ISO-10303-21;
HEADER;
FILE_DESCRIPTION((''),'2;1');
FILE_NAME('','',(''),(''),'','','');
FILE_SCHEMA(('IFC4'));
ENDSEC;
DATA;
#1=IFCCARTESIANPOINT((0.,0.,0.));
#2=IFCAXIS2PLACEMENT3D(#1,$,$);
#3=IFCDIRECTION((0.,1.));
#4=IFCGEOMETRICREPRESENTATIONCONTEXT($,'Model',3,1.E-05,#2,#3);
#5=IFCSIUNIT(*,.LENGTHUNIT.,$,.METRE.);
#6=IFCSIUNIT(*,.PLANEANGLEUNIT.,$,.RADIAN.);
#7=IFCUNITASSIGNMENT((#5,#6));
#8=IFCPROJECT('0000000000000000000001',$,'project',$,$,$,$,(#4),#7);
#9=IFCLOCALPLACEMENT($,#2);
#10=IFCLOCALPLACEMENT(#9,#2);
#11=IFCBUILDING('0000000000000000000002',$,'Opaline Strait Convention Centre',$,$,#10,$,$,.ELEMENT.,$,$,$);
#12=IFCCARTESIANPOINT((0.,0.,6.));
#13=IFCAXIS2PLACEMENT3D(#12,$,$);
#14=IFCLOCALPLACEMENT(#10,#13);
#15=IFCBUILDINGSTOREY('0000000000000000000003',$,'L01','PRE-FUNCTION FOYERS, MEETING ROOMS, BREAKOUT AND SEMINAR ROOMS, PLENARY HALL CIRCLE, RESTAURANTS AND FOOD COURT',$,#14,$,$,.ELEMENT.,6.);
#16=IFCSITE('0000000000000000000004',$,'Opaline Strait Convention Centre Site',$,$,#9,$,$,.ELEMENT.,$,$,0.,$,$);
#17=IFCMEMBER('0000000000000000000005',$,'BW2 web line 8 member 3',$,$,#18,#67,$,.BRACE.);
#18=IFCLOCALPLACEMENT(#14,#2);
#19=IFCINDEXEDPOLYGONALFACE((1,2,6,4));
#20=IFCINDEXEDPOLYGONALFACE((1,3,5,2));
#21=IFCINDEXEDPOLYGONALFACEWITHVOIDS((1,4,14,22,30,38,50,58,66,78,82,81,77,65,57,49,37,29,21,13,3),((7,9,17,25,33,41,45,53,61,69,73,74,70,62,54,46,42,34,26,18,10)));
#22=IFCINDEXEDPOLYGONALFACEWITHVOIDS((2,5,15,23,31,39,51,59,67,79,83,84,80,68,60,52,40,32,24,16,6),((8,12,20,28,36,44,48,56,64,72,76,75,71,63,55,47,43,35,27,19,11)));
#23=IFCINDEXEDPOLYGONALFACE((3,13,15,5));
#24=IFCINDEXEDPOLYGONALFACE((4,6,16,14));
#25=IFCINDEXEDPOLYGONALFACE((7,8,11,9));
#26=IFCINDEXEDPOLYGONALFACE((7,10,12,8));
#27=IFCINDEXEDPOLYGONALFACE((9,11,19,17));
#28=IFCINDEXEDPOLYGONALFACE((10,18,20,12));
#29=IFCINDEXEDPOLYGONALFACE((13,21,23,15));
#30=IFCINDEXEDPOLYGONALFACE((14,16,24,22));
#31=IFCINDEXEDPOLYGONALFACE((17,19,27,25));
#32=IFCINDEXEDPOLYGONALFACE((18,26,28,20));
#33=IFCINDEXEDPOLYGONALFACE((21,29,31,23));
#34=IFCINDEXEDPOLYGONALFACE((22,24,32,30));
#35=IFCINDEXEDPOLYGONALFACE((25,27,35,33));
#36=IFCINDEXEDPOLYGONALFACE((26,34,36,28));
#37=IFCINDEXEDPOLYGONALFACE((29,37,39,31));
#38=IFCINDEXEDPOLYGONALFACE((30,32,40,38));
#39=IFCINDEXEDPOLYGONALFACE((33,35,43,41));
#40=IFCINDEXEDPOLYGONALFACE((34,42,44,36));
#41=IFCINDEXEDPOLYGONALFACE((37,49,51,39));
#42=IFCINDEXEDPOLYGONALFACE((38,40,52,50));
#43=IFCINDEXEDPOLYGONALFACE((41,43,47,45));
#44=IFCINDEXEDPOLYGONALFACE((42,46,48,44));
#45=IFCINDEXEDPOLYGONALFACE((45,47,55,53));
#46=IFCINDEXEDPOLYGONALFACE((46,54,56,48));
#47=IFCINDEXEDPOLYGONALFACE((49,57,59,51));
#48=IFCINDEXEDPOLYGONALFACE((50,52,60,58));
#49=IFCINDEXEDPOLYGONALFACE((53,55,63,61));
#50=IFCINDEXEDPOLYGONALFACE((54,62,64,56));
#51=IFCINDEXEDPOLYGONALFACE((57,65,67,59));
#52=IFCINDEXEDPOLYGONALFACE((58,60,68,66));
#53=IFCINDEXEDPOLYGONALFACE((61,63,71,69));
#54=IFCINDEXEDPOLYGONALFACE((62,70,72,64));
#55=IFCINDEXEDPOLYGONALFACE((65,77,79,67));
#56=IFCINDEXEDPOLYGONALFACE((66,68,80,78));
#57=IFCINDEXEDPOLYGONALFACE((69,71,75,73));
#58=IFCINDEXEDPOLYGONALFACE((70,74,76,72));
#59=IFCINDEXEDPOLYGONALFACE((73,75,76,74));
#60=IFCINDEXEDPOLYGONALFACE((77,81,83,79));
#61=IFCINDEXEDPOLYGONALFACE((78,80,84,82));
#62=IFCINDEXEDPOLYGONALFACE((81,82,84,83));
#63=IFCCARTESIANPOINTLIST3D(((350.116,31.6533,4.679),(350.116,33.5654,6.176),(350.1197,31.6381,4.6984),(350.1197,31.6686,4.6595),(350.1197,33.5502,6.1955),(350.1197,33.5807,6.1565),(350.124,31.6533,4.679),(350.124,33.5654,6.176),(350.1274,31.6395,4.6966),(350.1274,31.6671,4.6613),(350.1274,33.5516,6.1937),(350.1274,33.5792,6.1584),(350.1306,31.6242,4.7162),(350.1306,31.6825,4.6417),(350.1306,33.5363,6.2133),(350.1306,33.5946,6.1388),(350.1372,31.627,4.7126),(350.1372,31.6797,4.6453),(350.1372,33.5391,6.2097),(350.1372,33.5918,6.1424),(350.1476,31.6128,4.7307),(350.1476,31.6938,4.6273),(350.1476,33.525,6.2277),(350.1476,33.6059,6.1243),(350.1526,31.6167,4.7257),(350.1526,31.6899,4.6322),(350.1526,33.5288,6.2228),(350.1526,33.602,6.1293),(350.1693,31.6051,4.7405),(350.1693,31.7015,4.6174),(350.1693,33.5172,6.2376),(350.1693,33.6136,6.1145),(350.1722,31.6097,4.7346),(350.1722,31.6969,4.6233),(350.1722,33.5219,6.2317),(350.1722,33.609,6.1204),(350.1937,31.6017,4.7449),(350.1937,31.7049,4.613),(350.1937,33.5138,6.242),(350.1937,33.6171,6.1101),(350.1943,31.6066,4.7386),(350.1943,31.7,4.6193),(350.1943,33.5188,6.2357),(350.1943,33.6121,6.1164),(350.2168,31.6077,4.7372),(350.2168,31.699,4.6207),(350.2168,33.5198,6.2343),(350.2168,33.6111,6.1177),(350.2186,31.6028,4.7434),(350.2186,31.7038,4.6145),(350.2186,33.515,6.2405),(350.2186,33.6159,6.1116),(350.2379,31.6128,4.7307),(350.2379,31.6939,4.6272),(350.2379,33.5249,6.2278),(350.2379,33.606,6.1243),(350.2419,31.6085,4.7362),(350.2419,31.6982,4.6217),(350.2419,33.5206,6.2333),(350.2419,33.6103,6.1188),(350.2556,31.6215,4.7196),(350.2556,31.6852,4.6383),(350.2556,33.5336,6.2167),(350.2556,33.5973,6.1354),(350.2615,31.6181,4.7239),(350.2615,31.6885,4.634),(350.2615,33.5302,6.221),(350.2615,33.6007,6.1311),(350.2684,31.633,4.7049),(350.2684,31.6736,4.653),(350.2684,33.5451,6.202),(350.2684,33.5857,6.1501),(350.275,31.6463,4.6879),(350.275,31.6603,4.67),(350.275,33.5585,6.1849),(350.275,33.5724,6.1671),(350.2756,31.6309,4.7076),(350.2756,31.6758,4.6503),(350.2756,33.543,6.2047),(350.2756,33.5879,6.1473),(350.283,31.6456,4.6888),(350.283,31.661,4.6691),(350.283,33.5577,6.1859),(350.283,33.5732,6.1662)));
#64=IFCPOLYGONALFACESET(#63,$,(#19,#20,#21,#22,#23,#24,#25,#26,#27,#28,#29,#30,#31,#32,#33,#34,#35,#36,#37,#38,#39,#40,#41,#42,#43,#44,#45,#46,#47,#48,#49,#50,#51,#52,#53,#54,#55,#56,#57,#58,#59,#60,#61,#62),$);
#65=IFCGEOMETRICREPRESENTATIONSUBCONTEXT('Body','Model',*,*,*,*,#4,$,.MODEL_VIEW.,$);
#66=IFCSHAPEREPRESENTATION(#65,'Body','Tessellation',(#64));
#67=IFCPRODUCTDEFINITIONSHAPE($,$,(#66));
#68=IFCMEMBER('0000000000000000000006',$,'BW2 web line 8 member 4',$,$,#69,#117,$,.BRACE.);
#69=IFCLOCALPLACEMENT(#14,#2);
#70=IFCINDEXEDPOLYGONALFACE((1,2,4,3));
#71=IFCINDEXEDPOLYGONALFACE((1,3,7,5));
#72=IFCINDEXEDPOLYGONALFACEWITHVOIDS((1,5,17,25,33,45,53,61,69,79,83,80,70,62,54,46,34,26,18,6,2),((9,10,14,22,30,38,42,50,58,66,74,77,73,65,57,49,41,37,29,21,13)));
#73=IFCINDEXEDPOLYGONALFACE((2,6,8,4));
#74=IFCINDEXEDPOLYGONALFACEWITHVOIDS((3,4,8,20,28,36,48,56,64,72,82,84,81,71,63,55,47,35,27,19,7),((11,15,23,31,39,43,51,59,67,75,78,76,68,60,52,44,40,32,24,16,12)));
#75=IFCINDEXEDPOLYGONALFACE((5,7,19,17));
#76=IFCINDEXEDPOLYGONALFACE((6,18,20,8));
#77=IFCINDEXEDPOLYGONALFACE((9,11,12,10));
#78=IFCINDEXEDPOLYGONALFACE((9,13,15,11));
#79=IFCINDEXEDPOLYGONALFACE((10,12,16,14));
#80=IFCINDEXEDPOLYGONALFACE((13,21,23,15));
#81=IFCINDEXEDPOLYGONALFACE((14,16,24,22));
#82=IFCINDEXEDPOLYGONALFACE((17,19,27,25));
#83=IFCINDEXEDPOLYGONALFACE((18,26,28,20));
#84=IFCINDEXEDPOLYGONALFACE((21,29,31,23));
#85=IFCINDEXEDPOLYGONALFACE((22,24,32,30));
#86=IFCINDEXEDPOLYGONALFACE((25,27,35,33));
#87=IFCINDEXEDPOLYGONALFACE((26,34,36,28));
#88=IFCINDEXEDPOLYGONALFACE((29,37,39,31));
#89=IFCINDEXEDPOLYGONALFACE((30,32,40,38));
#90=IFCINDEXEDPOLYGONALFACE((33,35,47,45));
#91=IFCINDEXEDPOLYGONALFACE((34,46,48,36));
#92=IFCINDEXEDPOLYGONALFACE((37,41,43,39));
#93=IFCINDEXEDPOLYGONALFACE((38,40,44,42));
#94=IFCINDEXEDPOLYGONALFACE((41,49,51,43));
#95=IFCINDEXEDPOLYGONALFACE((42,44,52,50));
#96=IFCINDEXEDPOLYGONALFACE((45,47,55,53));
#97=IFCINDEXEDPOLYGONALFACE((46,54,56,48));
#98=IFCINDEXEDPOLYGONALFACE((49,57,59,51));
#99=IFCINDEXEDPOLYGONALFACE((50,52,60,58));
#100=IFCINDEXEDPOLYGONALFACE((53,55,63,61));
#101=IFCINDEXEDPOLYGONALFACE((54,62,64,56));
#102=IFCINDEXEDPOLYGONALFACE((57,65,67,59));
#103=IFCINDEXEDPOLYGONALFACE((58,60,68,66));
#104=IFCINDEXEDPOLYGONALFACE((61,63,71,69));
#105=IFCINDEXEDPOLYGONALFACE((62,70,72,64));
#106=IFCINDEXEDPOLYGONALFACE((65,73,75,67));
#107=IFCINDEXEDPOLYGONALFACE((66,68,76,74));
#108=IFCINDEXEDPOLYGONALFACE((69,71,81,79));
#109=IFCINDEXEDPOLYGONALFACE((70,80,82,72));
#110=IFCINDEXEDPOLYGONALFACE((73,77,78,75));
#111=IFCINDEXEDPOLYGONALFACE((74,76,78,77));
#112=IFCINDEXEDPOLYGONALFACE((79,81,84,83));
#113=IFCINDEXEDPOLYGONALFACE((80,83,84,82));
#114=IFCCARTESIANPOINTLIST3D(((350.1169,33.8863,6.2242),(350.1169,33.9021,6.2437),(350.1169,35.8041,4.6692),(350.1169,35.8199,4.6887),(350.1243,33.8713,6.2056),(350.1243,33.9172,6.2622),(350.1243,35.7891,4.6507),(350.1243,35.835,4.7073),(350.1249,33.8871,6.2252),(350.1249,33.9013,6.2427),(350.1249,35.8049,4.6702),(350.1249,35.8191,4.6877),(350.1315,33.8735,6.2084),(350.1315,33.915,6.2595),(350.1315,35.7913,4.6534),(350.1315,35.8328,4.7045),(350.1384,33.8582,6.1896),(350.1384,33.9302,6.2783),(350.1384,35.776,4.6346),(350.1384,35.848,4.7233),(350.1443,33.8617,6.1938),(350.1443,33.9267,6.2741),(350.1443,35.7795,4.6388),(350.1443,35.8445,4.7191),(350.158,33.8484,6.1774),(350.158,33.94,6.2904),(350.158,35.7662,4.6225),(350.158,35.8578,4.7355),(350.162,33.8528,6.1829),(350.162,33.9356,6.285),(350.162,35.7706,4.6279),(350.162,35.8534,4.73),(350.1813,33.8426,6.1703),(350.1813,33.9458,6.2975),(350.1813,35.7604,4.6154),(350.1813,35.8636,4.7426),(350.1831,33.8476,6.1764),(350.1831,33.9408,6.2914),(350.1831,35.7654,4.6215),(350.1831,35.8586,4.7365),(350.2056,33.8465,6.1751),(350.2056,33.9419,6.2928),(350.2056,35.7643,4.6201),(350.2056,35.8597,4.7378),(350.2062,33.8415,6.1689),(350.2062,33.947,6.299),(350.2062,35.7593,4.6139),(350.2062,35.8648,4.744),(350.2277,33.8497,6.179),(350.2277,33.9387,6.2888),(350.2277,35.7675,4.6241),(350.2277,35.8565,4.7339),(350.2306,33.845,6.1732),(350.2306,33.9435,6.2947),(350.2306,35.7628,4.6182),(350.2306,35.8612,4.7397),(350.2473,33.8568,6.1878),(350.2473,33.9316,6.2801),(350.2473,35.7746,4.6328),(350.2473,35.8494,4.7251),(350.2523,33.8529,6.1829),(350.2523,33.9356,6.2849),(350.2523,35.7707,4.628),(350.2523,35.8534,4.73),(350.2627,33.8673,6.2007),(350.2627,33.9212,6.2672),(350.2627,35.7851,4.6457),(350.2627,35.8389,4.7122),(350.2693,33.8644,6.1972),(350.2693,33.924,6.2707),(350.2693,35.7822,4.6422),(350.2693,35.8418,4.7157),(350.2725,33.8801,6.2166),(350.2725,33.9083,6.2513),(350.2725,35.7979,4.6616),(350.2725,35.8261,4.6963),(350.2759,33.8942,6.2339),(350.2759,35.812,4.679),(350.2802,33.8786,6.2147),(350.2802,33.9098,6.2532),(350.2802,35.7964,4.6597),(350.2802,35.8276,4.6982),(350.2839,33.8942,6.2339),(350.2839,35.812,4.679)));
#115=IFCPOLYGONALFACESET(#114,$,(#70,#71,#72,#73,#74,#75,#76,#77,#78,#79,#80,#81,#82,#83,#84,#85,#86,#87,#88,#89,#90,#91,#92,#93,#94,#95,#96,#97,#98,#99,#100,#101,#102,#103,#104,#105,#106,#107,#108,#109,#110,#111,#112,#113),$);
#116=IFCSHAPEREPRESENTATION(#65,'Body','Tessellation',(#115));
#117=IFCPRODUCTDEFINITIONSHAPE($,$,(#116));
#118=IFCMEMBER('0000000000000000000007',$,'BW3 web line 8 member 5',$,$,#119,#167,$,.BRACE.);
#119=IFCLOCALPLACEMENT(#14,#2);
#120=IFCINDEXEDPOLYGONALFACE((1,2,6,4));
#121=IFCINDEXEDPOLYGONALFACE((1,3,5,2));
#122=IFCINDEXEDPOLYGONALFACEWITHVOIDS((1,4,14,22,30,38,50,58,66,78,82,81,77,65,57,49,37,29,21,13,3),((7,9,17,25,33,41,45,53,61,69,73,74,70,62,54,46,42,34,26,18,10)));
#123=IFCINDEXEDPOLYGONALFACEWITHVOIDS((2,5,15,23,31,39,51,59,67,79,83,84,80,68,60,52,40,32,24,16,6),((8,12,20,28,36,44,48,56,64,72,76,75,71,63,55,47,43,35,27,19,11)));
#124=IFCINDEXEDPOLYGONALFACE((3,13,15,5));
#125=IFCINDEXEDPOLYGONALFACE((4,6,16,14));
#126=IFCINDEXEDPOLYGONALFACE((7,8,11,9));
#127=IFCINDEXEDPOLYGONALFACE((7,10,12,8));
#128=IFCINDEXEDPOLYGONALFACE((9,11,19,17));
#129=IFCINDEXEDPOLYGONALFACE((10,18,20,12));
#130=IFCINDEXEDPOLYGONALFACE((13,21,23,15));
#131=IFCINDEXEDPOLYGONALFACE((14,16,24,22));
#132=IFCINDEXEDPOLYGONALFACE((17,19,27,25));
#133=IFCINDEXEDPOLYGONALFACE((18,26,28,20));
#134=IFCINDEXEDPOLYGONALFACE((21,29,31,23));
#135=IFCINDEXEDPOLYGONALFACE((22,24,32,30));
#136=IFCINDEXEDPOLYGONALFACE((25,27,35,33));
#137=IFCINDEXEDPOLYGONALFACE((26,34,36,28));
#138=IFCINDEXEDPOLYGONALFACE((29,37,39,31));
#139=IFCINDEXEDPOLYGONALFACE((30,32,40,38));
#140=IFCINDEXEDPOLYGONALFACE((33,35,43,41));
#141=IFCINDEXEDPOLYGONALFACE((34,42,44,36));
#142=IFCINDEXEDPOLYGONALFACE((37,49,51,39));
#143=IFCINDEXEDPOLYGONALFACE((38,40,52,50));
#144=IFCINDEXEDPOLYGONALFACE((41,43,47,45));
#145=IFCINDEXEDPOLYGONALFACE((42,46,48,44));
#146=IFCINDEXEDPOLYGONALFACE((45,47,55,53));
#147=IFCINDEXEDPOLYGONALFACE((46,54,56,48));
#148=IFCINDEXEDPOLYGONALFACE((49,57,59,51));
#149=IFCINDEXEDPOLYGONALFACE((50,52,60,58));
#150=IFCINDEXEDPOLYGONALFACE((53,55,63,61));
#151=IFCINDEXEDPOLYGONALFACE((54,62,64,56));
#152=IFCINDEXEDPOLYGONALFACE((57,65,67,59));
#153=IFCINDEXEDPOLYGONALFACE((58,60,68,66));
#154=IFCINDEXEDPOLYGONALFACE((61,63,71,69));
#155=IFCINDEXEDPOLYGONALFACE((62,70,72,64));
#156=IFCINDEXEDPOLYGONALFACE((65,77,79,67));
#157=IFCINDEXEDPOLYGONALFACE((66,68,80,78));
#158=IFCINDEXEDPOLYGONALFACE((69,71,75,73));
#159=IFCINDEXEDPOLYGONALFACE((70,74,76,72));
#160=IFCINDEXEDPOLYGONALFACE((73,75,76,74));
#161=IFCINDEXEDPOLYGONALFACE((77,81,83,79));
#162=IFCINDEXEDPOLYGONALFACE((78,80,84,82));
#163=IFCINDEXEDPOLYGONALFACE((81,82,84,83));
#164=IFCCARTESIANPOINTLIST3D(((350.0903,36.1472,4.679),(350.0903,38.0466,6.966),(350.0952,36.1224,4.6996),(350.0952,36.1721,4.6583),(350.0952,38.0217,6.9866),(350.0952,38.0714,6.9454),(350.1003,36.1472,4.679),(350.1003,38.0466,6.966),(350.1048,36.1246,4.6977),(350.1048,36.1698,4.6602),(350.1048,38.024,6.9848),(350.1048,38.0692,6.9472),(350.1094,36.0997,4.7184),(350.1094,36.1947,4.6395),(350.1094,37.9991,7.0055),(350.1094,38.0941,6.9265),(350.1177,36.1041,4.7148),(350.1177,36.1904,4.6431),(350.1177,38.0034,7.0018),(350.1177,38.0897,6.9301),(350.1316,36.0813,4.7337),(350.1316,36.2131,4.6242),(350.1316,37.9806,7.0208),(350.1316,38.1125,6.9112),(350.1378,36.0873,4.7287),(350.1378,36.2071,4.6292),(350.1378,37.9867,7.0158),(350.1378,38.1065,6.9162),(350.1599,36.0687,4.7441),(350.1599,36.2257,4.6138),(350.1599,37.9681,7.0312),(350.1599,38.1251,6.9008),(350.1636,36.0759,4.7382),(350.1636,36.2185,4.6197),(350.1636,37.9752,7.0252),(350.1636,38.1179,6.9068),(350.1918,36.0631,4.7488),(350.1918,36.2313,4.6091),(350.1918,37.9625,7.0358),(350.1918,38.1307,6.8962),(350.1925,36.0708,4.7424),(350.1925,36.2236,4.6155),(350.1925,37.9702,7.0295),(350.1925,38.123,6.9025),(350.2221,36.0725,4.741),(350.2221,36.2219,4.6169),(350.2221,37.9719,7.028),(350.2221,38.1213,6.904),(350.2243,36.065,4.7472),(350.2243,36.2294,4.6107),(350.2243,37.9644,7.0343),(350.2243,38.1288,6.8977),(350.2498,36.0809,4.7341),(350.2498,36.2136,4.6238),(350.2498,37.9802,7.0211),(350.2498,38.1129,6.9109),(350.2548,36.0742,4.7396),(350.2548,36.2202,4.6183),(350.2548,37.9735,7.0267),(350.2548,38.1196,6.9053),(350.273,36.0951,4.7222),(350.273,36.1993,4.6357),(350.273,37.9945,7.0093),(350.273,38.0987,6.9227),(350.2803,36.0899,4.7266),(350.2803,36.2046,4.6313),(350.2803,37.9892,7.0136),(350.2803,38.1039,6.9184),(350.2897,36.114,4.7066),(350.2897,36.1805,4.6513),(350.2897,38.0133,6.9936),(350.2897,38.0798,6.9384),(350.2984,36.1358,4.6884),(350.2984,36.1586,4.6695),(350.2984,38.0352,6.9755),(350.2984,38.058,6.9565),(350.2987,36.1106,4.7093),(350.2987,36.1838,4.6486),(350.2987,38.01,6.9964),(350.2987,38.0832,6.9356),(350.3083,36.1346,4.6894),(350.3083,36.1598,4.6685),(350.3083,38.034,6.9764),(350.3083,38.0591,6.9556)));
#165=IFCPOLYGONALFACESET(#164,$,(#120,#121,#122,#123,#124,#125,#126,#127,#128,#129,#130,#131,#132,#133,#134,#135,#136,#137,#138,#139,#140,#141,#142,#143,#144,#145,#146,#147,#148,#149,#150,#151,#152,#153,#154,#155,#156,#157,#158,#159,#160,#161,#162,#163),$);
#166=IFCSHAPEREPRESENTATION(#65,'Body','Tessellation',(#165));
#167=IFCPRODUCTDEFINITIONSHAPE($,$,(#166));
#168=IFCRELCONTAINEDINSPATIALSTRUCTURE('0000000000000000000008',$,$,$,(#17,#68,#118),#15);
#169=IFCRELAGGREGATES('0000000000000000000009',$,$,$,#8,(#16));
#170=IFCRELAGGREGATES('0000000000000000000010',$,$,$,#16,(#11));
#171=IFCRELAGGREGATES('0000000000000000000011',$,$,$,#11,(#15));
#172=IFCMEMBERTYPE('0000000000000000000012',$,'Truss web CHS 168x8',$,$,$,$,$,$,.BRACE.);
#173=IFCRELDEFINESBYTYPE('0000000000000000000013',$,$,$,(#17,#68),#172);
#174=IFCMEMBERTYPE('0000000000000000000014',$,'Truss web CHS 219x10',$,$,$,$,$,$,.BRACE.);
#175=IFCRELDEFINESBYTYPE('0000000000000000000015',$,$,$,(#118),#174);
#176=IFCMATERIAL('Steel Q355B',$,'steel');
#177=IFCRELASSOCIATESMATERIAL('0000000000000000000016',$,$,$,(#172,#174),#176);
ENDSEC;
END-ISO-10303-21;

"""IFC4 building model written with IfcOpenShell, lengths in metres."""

from ifc_helpers import new_model, si_unit, direction, frame, origin, origin_2d, place, context, subcontext, project, spatial, hollow_circle, extrude, material, material_profile, profile_set, type_object, element, save


model = new_model("IFC4")

# Units and contexts
model_context = context("Model", 3, precision=1e-05, world=origin(), true_north=direction((0.0, 1.0)))
body_context = subcontext(model_context, "Body", "Model", "MODEL_VIEW")
ifc_project = project(units=[si_unit("LENGTHUNIT", "METRE"), si_unit("PLANEANGLEUNIT", "RADIAN")], contexts=[model_context])

# Site, building, storey
site_placement = place(None, origin())
site = spatial("IfcSite", under=ifc_project, at=site_placement, Name="Opaline Strait Convention Centre Site", CompositionType="ELEMENT", RefElevation=0.0)
building_placement = place(site_placement, origin())
building = spatial("IfcBuilding", under=site, at=building_placement, Name="Opaline Strait Convention Centre", CompositionType="ELEMENT")
storey_placement = place(building_placement, frame((0.0, 0.0, 6.0)))
storey = spatial("IfcBuildingStorey", under=building, at=storey_placement, Name="L01", Description="PRE-FUNCTION FOYERS, MEETING ROOMS, BREAKOUT AND SEMINAR ROOMS, PLENARY HALL CIRCLE, RESTAURANTS AND FOOD COURT", CompositionType="ELEMENT", Elevation=6.0)

# Members
ifc_material_1 = material(Name="Steel Q355B", Category="steel")
ifc_material_profile_1 = material_profile(ifc_material_1, hollow_circle(Radius=0.084, WallThickness=0.0081, at=origin_2d()), Name="CHS 168x8")
ifc_profile_set_1 = profile_set([ifc_material_profile_1], Name="Steel Q355B")
member_type_1 = type_object("IfcMemberType", Name="Truss web CHS 168x8", PredefinedType="BRACE", material=ifc_profile_set_1)
member_1_placement = place(storey_placement, frame((350.2, 31.6533, 4.679), z_axis=(0.0, 0.787378, 0.616471), x_axis=(-1.0, 0.0, 0.0)))
element("IfcMember", 1, at=member_1_placement, inside=storey, type_object=member_type_1, Name="BW2 web line 8 member 3", PredefinedType="BRACE", context=body_context, shape_type="SweptSolid", body=[
    extrude(hollow_circle(Radius=0.084, WallThickness=0.0081, at=origin_2d()), origin(), (0.0, 0.0, 1.0), 2.4285),
])
member_2_placement = place(storey_placement, frame((350.2, 35.812, 4.679), z_axis=(0.0, -0.776752, 0.629807), x_axis=(1.0, 0.0, 0.0)))
element("IfcMember", 2, at=member_2_placement, inside=storey, type_object=member_type_1, Name="BW2 web line 8 member 4", PredefinedType="BRACE", context=body_context, shape_type="SweptSolid", body=[
    extrude(hollow_circle(Radius=0.084, WallThickness=0.0081, at=origin_2d()), origin(), (0.0, 0.0, 1.0), 2.469),
])
ifc_material_profile_2 = material_profile(ifc_material_1, hollow_circle(Radius=0.1096, WallThickness=0.01, at=origin_2d()), Name="CHS 219x10")
ifc_profile_set_2 = profile_set([ifc_material_profile_2], Name="Steel Q355B")
member_type_2 = type_object("IfcMemberType", Name="Truss web CHS 219x10", PredefinedType="BRACE", material=ifc_profile_set_2)
member_3_placement = place(storey_placement, frame((350.2, 36.1472, 4.679), z_axis=(0.0, 0.638891, 0.769297), x_axis=(-1.0, 0.0, 0.0)))
element("IfcMember", 3, at=member_3_placement, inside=storey, type_object=member_type_2, Name="BW3 web line 8 member 5", PredefinedType="BRACE", context=body_context, shape_type="SweptSolid", body=[
    extrude(hollow_circle(Radius=0.1096, WallThickness=0.01, at=origin_2d()), origin(), (0.0, 0.0, 1.0), 2.9729),
])

save(model, "model.ifc")
